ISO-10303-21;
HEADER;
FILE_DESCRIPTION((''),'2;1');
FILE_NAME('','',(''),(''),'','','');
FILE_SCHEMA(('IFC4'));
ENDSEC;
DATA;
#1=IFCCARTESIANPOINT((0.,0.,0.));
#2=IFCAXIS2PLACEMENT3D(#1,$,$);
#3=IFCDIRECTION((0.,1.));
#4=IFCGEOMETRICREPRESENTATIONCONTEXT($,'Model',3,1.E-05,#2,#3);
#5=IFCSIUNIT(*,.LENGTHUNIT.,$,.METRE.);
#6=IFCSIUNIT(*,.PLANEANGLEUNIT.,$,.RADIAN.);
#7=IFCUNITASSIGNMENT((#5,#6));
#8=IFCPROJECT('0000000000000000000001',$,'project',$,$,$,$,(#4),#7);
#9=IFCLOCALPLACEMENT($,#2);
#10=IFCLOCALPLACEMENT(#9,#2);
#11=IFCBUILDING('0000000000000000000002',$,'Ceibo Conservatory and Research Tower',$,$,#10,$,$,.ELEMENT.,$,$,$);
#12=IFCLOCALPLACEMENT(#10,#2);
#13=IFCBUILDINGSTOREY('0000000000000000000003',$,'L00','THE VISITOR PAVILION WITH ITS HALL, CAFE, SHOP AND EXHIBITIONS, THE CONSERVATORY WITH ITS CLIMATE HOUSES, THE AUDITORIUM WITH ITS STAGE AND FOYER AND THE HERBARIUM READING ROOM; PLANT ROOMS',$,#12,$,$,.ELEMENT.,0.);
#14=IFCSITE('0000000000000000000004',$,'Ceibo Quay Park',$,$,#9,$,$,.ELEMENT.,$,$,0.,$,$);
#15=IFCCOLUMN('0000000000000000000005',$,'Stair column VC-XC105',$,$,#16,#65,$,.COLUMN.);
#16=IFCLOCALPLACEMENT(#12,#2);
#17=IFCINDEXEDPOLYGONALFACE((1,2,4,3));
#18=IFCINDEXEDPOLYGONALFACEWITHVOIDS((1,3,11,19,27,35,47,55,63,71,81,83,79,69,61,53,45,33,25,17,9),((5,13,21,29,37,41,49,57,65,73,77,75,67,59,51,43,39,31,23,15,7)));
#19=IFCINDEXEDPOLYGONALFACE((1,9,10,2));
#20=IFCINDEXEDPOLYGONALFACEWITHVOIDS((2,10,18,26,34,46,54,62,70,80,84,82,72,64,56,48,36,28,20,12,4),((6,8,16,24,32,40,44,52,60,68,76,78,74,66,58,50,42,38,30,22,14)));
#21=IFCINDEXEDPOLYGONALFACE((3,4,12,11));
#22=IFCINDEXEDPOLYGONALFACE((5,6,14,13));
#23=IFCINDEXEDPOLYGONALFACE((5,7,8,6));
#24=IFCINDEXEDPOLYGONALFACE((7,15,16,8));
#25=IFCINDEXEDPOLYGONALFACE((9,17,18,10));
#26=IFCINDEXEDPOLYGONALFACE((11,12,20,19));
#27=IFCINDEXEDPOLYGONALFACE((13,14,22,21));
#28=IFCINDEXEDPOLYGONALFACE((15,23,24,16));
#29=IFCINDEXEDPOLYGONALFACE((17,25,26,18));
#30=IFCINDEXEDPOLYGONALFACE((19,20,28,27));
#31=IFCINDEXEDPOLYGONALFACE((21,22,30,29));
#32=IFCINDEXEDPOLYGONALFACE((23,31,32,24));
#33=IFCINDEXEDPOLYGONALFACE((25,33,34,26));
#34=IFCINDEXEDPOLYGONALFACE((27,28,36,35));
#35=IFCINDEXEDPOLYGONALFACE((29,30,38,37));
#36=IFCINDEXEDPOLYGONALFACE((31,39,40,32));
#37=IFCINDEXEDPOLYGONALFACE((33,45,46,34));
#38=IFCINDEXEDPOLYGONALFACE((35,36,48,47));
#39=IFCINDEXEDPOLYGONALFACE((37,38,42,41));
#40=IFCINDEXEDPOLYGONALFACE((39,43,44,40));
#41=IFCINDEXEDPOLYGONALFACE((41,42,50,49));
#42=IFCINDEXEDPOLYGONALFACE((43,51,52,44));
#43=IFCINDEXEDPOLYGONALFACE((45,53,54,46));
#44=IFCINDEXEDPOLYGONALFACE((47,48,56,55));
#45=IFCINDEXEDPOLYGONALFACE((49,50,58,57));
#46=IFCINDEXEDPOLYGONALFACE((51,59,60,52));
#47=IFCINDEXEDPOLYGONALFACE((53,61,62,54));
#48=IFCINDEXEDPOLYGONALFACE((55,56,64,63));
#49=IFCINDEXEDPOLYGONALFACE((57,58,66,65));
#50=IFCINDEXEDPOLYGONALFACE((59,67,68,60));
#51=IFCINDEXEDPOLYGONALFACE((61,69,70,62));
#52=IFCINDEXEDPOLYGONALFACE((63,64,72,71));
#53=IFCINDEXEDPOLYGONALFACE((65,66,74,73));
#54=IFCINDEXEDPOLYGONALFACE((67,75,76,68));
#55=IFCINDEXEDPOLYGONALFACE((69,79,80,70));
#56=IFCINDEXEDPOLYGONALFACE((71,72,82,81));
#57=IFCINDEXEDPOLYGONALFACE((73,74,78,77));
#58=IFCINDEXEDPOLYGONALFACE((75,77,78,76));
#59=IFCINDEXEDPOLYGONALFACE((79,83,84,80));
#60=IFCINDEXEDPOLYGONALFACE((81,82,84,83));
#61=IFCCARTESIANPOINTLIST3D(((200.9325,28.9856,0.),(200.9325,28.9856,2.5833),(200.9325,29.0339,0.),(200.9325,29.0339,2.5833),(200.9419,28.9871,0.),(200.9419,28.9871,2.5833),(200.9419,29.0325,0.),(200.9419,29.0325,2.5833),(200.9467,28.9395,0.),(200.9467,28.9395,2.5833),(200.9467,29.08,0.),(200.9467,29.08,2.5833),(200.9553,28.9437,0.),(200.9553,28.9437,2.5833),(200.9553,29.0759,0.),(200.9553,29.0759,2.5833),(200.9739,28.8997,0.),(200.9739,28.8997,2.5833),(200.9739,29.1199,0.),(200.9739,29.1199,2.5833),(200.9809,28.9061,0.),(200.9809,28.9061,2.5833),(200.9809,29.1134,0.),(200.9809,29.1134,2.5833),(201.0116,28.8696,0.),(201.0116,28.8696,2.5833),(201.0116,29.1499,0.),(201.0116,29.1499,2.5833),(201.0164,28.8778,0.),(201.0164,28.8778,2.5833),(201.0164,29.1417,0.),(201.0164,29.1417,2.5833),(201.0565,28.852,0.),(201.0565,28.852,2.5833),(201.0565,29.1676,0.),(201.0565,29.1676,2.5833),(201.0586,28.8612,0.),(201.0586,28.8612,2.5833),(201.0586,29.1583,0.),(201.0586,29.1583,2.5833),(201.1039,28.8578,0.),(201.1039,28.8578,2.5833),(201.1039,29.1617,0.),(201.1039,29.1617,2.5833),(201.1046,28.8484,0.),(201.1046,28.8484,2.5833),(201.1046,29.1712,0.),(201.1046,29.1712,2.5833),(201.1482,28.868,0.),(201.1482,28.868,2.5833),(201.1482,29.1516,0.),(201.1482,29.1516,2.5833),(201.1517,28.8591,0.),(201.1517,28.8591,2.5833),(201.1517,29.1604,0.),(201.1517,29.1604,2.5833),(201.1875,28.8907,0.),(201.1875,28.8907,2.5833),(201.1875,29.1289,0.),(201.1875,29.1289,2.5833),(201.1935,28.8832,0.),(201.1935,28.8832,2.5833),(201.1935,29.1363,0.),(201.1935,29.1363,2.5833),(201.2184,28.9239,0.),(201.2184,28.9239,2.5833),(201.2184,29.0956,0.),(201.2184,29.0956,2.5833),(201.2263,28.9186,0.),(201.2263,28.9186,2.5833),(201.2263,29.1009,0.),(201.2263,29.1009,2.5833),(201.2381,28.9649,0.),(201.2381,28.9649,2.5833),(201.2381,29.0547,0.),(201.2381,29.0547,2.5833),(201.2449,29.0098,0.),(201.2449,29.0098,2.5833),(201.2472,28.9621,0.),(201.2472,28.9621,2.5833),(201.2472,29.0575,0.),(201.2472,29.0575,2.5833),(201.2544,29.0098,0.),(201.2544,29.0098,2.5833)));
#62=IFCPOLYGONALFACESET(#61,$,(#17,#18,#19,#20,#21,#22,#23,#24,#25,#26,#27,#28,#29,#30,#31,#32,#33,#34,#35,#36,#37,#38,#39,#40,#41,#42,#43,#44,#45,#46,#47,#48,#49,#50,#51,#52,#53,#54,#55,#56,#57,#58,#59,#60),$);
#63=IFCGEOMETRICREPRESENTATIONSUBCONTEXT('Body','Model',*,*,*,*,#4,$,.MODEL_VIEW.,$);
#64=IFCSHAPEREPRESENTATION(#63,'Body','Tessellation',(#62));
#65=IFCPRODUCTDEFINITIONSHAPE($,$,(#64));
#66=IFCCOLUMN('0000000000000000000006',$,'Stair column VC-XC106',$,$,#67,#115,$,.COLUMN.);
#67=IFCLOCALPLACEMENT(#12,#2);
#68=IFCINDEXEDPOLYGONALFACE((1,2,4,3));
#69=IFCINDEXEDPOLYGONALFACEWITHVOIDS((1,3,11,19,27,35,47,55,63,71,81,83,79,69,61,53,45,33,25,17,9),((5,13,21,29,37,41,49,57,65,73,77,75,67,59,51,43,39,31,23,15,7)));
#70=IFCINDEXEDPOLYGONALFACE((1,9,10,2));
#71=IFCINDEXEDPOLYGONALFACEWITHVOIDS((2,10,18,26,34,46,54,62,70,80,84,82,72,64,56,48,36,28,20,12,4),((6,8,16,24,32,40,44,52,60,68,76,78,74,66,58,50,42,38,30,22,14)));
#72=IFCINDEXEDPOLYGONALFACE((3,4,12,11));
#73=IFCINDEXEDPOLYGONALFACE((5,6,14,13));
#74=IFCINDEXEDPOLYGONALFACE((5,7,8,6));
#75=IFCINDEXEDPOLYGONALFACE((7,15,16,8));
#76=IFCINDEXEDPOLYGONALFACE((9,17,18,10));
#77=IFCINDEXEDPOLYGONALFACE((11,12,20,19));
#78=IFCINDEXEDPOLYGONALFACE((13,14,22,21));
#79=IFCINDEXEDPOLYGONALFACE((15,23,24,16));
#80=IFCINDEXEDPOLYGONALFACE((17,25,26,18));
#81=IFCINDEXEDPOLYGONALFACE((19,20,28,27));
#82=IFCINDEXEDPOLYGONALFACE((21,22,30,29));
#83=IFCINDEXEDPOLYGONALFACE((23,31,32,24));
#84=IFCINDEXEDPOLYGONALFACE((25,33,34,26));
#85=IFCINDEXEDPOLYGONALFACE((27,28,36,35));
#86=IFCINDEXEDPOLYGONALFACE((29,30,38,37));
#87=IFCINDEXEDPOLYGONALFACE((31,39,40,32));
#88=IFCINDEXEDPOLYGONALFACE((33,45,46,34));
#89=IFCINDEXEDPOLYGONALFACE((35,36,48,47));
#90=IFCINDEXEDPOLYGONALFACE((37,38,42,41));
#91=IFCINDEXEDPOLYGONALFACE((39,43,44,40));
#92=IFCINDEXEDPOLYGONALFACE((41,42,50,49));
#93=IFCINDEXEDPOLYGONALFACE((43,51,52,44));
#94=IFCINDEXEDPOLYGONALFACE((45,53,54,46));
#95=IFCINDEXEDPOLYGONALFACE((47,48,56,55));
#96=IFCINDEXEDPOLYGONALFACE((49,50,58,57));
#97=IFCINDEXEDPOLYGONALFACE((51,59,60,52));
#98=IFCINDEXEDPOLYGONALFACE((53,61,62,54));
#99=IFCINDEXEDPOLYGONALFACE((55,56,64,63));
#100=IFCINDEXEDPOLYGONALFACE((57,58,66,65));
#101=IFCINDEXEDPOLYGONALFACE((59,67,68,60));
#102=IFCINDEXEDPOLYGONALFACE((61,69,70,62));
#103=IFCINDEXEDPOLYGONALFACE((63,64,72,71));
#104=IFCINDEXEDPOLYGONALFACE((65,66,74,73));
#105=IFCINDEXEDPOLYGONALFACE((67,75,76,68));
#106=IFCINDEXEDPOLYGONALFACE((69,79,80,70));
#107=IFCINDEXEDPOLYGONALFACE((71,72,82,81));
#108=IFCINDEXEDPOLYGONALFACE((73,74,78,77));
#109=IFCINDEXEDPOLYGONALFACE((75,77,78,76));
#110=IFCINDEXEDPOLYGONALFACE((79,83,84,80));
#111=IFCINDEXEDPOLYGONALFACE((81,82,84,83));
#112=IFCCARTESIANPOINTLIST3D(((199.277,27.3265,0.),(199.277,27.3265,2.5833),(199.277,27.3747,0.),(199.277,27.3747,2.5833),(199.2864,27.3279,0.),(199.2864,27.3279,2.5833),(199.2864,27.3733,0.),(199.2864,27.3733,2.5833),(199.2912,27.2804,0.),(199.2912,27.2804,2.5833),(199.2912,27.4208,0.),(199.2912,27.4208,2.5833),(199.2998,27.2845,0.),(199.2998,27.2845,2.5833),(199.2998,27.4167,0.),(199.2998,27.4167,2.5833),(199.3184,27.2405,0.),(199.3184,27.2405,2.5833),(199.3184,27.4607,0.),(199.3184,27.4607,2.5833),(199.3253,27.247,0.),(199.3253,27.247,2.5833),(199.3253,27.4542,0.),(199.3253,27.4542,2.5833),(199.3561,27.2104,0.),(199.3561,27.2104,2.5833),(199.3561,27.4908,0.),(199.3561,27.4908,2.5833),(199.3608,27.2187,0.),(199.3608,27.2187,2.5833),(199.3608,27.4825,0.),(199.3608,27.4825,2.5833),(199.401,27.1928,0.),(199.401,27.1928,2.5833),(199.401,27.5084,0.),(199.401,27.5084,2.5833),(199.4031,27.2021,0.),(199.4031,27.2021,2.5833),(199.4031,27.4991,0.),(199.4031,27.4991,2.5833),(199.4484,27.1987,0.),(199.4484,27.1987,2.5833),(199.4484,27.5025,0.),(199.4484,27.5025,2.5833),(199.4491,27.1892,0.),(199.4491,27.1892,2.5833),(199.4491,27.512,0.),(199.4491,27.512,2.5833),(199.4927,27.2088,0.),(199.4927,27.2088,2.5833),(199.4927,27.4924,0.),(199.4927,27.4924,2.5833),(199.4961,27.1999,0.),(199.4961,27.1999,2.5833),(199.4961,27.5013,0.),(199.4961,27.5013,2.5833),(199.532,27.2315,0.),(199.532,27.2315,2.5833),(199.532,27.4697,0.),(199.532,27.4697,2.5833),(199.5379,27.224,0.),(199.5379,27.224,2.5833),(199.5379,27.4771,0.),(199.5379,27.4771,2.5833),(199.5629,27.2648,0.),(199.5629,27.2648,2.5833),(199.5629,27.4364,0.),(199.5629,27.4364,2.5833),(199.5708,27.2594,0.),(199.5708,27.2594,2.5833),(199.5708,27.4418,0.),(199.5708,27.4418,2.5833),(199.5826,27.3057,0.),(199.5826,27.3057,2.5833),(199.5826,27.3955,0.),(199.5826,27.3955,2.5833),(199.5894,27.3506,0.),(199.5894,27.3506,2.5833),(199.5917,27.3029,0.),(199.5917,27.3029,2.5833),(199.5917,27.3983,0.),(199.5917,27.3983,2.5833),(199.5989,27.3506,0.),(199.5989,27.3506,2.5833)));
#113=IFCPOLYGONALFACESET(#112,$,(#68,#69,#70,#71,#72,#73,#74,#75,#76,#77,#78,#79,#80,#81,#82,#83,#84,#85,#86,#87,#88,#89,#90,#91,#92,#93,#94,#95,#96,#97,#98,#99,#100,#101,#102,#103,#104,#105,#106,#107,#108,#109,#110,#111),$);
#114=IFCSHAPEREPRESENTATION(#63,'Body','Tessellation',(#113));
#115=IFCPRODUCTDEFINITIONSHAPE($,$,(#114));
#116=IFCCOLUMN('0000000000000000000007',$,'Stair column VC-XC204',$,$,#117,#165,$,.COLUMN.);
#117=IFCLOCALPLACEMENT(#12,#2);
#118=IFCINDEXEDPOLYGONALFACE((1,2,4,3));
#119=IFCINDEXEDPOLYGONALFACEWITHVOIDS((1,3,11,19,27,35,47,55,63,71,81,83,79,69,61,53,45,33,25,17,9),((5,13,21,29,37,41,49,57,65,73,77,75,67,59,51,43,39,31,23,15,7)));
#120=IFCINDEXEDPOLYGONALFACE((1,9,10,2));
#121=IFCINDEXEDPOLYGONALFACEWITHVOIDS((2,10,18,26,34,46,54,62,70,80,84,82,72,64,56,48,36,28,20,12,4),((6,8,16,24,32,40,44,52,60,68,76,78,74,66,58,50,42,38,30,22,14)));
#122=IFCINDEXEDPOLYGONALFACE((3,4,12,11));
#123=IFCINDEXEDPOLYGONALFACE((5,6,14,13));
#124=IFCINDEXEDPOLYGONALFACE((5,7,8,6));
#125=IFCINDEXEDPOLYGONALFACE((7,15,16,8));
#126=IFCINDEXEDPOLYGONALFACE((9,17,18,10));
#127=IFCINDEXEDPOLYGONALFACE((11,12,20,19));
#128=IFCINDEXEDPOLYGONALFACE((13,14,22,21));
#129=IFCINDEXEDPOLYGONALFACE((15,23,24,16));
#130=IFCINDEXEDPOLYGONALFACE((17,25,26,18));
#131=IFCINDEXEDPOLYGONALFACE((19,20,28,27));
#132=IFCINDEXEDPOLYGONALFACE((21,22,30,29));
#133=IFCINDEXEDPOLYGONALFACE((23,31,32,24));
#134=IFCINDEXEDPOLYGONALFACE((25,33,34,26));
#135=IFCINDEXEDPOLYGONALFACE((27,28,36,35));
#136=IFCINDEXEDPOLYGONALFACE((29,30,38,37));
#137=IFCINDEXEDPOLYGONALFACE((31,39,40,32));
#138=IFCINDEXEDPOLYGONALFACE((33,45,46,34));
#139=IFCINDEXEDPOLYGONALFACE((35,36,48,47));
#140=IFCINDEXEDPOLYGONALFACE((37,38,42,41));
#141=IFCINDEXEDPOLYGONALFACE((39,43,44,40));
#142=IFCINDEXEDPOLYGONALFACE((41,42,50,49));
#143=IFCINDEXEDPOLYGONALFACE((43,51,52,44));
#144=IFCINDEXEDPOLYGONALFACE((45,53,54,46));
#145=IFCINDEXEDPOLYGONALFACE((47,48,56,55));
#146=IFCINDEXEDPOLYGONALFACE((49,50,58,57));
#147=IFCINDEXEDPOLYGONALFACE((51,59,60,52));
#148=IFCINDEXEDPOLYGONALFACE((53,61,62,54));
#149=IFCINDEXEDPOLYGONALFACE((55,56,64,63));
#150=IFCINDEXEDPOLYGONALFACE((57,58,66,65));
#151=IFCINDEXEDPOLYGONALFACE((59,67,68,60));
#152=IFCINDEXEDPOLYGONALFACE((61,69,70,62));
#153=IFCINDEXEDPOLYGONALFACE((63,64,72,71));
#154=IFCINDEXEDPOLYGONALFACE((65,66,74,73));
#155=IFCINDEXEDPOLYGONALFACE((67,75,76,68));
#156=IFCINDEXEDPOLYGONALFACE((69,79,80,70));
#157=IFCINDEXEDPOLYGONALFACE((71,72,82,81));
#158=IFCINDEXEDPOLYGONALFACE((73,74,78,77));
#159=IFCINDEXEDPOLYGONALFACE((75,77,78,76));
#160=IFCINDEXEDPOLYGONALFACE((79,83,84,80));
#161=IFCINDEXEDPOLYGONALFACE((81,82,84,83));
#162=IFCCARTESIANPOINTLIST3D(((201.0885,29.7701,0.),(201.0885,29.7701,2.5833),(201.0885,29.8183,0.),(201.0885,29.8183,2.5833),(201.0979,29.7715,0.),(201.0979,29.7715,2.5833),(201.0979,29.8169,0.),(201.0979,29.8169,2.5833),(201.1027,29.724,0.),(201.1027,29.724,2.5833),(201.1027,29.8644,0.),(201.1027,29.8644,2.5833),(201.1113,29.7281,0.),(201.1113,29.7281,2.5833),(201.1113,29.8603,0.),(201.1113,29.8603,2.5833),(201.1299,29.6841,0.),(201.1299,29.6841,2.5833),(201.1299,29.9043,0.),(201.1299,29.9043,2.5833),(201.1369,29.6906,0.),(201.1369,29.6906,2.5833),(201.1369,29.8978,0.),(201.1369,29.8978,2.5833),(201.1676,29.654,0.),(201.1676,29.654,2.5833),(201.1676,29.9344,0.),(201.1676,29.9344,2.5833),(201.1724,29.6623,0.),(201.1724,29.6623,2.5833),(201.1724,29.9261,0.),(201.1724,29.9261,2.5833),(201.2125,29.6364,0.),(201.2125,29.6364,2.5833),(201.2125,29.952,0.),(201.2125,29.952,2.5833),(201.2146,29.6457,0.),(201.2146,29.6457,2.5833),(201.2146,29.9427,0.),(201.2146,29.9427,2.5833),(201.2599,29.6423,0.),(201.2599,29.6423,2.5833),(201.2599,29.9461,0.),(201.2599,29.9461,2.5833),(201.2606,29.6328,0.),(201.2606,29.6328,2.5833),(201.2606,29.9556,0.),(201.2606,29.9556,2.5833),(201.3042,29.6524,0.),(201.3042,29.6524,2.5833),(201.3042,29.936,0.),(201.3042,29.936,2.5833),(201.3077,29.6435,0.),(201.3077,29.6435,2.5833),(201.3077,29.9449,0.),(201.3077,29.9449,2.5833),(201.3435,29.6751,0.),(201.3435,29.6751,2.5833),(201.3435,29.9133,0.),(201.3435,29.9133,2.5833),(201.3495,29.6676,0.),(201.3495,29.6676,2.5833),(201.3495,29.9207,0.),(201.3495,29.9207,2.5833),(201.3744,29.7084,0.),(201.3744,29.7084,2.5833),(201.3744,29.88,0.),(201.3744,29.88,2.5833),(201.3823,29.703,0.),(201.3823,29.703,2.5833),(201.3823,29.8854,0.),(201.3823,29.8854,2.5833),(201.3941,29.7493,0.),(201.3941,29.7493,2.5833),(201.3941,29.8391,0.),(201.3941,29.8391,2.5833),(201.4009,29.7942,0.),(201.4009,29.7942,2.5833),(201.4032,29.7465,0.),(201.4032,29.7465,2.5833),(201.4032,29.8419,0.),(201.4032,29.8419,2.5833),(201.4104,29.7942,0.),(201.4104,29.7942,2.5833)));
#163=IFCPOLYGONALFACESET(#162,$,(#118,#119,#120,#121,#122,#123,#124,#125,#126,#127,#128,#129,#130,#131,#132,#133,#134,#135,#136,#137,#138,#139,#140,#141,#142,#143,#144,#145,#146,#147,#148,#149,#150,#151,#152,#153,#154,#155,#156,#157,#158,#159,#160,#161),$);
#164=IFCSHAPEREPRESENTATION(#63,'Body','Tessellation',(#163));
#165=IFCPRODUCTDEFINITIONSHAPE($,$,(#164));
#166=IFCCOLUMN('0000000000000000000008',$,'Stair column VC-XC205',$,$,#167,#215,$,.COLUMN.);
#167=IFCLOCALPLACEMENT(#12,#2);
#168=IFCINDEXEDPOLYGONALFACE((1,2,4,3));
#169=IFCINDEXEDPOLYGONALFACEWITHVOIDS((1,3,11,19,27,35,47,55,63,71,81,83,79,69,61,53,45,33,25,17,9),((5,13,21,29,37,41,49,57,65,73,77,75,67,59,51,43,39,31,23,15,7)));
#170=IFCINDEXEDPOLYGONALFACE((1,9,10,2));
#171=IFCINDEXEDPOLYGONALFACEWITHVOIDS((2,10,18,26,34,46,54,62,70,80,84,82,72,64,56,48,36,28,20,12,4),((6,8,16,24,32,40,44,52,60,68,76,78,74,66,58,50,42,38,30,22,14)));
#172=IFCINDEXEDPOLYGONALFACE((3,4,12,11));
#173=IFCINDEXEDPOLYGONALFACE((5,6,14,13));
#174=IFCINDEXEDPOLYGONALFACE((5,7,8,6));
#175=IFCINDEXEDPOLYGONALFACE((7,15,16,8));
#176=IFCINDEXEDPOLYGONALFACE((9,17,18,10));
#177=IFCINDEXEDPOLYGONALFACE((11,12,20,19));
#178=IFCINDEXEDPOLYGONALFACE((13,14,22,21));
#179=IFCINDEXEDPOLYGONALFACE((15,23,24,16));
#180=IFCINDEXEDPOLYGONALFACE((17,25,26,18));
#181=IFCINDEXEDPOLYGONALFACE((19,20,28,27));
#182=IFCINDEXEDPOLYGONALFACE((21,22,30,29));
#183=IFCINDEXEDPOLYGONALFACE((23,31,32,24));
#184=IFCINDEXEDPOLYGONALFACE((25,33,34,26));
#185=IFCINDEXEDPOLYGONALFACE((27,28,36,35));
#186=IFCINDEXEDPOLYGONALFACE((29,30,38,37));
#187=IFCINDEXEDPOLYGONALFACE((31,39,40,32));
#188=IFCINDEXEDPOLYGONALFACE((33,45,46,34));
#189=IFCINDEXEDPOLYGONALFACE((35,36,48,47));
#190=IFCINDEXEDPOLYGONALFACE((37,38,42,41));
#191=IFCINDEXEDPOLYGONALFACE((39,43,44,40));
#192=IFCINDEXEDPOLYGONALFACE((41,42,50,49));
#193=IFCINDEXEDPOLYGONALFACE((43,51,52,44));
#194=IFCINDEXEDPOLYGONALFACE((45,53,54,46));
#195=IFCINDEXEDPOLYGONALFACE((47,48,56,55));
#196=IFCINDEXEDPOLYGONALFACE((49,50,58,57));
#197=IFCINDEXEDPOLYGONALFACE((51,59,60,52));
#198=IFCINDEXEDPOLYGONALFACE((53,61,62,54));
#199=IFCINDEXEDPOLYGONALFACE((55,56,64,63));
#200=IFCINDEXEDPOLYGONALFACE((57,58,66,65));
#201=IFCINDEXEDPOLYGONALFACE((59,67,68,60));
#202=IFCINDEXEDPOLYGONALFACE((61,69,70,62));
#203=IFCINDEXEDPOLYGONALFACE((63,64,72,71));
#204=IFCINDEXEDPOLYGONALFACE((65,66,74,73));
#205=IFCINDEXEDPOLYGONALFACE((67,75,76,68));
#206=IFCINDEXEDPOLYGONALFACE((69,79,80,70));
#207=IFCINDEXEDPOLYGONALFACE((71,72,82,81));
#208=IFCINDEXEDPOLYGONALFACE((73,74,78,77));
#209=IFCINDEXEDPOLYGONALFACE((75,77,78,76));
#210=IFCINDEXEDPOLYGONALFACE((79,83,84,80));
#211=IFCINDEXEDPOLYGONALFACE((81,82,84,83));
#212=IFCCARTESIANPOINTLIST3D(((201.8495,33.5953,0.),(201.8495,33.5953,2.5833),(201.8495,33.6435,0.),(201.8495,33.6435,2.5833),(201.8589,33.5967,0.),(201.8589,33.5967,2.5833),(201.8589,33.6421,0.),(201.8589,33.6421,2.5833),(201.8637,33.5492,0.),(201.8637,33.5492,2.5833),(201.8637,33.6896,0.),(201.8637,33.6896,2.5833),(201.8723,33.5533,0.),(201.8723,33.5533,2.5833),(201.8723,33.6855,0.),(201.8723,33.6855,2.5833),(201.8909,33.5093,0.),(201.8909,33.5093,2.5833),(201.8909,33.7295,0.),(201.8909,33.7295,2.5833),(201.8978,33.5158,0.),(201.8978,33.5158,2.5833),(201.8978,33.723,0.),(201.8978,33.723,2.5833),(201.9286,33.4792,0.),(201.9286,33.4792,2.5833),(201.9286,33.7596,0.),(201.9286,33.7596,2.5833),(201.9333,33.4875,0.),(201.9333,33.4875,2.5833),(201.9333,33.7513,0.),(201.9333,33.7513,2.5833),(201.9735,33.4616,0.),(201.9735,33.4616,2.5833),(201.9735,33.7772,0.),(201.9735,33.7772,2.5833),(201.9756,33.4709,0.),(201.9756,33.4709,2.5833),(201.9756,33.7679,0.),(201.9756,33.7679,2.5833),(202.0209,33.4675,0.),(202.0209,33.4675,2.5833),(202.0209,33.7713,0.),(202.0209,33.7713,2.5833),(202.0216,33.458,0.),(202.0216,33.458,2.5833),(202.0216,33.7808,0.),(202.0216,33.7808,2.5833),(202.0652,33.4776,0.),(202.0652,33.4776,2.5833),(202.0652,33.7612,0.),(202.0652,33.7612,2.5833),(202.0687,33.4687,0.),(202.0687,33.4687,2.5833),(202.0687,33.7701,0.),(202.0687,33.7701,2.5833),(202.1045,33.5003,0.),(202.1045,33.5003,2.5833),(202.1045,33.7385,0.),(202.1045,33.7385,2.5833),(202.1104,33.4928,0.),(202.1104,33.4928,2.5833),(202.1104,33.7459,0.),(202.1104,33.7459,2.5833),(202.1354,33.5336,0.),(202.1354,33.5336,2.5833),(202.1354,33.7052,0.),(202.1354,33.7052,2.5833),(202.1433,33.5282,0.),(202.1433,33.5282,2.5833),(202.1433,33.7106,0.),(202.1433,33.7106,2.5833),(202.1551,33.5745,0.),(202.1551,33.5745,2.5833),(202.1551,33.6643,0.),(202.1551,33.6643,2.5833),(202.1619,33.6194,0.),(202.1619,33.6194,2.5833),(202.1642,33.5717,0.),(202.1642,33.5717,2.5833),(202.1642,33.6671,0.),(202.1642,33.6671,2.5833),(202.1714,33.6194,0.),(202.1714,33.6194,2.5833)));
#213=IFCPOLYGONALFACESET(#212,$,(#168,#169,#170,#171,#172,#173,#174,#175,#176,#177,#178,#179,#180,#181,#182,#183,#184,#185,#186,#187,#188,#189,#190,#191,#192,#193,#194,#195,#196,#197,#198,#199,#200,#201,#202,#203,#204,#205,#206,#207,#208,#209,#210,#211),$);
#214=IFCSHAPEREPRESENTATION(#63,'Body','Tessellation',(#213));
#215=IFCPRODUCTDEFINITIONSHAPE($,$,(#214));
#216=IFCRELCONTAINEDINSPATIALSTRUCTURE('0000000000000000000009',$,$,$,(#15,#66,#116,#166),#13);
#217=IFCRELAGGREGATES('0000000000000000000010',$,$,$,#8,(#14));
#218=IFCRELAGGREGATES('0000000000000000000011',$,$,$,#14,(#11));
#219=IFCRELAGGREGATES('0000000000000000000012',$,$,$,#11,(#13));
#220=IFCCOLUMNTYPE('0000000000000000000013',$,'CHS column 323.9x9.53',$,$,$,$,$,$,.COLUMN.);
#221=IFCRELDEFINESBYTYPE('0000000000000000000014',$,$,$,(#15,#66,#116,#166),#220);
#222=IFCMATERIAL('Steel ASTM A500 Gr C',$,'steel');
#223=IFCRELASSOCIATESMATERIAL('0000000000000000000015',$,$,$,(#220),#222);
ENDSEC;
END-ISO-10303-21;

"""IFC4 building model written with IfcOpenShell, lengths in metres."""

from ifc_helpers import new_model, si_unit, direction, frame, origin, origin_2d, place, context, subcontext, project, spatial, hollow_circle, extrude, material, material_profile, profile_set, type_object, element, save


model = new_model("IFC4")

# Units and contexts
model_context = context("Model", 3, precision=1e-05, world=origin(), true_north=direction((0.0, 1.0)))
body_context = subcontext(model_context, "Body", "Model", "MODEL_VIEW")
ifc_project = project(units=[si_unit("LENGTHUNIT", "METRE"), si_unit("PLANEANGLEUNIT", "RADIAN")], contexts=[model_context])

# Site, building, storey
site_placement = place(None, origin())
site = spatial("IfcSite", under=ifc_project, at=site_placement, Name="Ceibo Quay Park", CompositionType="ELEMENT", RefElevation=0.0)
building_placement = place(site_placement, origin())
building = spatial("IfcBuilding", under=site, at=building_placement, Name="Ceibo Conservatory and Research Tower", CompositionType="ELEMENT")
storey_placement = place(building_placement, origin())
storey = spatial("IfcBuildingStorey", under=building, at=storey_placement, Name="L00", Description="THE VISITOR PAVILION WITH ITS HALL, CAFE, SHOP AND EXHIBITIONS, THE CONSERVATORY WITH ITS CLIMATE HOUSES, THE AUDITORIUM WITH ITS STAGE AND FOYER AND THE HERBARIUM READING ROOM; PLANT ROOMS", CompositionType="ELEMENT", Elevation=0.0)

# Columns
ifc_material_1 = material(Name="Steel ASTM A500 Gr C", Category="steel")
ifc_material_profile_1 = material_profile(ifc_material_1, hollow_circle(Radius=0.1619, WallThickness=0.0095, at=origin_2d()), Name="CHS column 323.9x9.53")
ifc_profile_set_1 = profile_set([ifc_material_profile_1], Name="Steel ASTM A500 Gr C")
column_type = type_object("IfcColumnType", Name="CHS column 323.9x9.53", PredefinedType="COLUMN", material=ifc_profile_set_1)
for number, where, z_axis, x_axis, name in (
    (1, (201.0925, 29.0098, 0.0), (0.0, 0.0, 1.0), (1.0, 0.0, 0.0), "Stair column VC-XC105"),
    (2, (199.437, 27.3506, 0.0), (0.0, 0.0, 1.0), (1.0, 0.0, 0.0), "Stair column VC-XC106"),
    (3, (201.2485, 29.7942, 0.0), (0.0, 0.0, 1.0), (1.0, 0.0, 0.0), "Stair column VC-XC204"),
    (4, (202.0095, 33.6194, 0.0), (0.0, 0.0, 1.0), (1.0, 0.0, 0.0), "Stair column VC-XC205"),
):
    element("IfcColumn", number, at=place(storey_placement, frame(where, z_axis=z_axis, x_axis=x_axis)), inside=storey, type_object=column_type, Name=name, PredefinedType="COLUMN", context=body_context, shape_type="SweptSolid", body=[
        extrude(hollow_circle(Radius=0.1619, WallThickness=0.0095, at=origin_2d()), origin(), (0.0, 0.0, 1.0), 2.5833),
    ])

save(model, "model.ifc")
